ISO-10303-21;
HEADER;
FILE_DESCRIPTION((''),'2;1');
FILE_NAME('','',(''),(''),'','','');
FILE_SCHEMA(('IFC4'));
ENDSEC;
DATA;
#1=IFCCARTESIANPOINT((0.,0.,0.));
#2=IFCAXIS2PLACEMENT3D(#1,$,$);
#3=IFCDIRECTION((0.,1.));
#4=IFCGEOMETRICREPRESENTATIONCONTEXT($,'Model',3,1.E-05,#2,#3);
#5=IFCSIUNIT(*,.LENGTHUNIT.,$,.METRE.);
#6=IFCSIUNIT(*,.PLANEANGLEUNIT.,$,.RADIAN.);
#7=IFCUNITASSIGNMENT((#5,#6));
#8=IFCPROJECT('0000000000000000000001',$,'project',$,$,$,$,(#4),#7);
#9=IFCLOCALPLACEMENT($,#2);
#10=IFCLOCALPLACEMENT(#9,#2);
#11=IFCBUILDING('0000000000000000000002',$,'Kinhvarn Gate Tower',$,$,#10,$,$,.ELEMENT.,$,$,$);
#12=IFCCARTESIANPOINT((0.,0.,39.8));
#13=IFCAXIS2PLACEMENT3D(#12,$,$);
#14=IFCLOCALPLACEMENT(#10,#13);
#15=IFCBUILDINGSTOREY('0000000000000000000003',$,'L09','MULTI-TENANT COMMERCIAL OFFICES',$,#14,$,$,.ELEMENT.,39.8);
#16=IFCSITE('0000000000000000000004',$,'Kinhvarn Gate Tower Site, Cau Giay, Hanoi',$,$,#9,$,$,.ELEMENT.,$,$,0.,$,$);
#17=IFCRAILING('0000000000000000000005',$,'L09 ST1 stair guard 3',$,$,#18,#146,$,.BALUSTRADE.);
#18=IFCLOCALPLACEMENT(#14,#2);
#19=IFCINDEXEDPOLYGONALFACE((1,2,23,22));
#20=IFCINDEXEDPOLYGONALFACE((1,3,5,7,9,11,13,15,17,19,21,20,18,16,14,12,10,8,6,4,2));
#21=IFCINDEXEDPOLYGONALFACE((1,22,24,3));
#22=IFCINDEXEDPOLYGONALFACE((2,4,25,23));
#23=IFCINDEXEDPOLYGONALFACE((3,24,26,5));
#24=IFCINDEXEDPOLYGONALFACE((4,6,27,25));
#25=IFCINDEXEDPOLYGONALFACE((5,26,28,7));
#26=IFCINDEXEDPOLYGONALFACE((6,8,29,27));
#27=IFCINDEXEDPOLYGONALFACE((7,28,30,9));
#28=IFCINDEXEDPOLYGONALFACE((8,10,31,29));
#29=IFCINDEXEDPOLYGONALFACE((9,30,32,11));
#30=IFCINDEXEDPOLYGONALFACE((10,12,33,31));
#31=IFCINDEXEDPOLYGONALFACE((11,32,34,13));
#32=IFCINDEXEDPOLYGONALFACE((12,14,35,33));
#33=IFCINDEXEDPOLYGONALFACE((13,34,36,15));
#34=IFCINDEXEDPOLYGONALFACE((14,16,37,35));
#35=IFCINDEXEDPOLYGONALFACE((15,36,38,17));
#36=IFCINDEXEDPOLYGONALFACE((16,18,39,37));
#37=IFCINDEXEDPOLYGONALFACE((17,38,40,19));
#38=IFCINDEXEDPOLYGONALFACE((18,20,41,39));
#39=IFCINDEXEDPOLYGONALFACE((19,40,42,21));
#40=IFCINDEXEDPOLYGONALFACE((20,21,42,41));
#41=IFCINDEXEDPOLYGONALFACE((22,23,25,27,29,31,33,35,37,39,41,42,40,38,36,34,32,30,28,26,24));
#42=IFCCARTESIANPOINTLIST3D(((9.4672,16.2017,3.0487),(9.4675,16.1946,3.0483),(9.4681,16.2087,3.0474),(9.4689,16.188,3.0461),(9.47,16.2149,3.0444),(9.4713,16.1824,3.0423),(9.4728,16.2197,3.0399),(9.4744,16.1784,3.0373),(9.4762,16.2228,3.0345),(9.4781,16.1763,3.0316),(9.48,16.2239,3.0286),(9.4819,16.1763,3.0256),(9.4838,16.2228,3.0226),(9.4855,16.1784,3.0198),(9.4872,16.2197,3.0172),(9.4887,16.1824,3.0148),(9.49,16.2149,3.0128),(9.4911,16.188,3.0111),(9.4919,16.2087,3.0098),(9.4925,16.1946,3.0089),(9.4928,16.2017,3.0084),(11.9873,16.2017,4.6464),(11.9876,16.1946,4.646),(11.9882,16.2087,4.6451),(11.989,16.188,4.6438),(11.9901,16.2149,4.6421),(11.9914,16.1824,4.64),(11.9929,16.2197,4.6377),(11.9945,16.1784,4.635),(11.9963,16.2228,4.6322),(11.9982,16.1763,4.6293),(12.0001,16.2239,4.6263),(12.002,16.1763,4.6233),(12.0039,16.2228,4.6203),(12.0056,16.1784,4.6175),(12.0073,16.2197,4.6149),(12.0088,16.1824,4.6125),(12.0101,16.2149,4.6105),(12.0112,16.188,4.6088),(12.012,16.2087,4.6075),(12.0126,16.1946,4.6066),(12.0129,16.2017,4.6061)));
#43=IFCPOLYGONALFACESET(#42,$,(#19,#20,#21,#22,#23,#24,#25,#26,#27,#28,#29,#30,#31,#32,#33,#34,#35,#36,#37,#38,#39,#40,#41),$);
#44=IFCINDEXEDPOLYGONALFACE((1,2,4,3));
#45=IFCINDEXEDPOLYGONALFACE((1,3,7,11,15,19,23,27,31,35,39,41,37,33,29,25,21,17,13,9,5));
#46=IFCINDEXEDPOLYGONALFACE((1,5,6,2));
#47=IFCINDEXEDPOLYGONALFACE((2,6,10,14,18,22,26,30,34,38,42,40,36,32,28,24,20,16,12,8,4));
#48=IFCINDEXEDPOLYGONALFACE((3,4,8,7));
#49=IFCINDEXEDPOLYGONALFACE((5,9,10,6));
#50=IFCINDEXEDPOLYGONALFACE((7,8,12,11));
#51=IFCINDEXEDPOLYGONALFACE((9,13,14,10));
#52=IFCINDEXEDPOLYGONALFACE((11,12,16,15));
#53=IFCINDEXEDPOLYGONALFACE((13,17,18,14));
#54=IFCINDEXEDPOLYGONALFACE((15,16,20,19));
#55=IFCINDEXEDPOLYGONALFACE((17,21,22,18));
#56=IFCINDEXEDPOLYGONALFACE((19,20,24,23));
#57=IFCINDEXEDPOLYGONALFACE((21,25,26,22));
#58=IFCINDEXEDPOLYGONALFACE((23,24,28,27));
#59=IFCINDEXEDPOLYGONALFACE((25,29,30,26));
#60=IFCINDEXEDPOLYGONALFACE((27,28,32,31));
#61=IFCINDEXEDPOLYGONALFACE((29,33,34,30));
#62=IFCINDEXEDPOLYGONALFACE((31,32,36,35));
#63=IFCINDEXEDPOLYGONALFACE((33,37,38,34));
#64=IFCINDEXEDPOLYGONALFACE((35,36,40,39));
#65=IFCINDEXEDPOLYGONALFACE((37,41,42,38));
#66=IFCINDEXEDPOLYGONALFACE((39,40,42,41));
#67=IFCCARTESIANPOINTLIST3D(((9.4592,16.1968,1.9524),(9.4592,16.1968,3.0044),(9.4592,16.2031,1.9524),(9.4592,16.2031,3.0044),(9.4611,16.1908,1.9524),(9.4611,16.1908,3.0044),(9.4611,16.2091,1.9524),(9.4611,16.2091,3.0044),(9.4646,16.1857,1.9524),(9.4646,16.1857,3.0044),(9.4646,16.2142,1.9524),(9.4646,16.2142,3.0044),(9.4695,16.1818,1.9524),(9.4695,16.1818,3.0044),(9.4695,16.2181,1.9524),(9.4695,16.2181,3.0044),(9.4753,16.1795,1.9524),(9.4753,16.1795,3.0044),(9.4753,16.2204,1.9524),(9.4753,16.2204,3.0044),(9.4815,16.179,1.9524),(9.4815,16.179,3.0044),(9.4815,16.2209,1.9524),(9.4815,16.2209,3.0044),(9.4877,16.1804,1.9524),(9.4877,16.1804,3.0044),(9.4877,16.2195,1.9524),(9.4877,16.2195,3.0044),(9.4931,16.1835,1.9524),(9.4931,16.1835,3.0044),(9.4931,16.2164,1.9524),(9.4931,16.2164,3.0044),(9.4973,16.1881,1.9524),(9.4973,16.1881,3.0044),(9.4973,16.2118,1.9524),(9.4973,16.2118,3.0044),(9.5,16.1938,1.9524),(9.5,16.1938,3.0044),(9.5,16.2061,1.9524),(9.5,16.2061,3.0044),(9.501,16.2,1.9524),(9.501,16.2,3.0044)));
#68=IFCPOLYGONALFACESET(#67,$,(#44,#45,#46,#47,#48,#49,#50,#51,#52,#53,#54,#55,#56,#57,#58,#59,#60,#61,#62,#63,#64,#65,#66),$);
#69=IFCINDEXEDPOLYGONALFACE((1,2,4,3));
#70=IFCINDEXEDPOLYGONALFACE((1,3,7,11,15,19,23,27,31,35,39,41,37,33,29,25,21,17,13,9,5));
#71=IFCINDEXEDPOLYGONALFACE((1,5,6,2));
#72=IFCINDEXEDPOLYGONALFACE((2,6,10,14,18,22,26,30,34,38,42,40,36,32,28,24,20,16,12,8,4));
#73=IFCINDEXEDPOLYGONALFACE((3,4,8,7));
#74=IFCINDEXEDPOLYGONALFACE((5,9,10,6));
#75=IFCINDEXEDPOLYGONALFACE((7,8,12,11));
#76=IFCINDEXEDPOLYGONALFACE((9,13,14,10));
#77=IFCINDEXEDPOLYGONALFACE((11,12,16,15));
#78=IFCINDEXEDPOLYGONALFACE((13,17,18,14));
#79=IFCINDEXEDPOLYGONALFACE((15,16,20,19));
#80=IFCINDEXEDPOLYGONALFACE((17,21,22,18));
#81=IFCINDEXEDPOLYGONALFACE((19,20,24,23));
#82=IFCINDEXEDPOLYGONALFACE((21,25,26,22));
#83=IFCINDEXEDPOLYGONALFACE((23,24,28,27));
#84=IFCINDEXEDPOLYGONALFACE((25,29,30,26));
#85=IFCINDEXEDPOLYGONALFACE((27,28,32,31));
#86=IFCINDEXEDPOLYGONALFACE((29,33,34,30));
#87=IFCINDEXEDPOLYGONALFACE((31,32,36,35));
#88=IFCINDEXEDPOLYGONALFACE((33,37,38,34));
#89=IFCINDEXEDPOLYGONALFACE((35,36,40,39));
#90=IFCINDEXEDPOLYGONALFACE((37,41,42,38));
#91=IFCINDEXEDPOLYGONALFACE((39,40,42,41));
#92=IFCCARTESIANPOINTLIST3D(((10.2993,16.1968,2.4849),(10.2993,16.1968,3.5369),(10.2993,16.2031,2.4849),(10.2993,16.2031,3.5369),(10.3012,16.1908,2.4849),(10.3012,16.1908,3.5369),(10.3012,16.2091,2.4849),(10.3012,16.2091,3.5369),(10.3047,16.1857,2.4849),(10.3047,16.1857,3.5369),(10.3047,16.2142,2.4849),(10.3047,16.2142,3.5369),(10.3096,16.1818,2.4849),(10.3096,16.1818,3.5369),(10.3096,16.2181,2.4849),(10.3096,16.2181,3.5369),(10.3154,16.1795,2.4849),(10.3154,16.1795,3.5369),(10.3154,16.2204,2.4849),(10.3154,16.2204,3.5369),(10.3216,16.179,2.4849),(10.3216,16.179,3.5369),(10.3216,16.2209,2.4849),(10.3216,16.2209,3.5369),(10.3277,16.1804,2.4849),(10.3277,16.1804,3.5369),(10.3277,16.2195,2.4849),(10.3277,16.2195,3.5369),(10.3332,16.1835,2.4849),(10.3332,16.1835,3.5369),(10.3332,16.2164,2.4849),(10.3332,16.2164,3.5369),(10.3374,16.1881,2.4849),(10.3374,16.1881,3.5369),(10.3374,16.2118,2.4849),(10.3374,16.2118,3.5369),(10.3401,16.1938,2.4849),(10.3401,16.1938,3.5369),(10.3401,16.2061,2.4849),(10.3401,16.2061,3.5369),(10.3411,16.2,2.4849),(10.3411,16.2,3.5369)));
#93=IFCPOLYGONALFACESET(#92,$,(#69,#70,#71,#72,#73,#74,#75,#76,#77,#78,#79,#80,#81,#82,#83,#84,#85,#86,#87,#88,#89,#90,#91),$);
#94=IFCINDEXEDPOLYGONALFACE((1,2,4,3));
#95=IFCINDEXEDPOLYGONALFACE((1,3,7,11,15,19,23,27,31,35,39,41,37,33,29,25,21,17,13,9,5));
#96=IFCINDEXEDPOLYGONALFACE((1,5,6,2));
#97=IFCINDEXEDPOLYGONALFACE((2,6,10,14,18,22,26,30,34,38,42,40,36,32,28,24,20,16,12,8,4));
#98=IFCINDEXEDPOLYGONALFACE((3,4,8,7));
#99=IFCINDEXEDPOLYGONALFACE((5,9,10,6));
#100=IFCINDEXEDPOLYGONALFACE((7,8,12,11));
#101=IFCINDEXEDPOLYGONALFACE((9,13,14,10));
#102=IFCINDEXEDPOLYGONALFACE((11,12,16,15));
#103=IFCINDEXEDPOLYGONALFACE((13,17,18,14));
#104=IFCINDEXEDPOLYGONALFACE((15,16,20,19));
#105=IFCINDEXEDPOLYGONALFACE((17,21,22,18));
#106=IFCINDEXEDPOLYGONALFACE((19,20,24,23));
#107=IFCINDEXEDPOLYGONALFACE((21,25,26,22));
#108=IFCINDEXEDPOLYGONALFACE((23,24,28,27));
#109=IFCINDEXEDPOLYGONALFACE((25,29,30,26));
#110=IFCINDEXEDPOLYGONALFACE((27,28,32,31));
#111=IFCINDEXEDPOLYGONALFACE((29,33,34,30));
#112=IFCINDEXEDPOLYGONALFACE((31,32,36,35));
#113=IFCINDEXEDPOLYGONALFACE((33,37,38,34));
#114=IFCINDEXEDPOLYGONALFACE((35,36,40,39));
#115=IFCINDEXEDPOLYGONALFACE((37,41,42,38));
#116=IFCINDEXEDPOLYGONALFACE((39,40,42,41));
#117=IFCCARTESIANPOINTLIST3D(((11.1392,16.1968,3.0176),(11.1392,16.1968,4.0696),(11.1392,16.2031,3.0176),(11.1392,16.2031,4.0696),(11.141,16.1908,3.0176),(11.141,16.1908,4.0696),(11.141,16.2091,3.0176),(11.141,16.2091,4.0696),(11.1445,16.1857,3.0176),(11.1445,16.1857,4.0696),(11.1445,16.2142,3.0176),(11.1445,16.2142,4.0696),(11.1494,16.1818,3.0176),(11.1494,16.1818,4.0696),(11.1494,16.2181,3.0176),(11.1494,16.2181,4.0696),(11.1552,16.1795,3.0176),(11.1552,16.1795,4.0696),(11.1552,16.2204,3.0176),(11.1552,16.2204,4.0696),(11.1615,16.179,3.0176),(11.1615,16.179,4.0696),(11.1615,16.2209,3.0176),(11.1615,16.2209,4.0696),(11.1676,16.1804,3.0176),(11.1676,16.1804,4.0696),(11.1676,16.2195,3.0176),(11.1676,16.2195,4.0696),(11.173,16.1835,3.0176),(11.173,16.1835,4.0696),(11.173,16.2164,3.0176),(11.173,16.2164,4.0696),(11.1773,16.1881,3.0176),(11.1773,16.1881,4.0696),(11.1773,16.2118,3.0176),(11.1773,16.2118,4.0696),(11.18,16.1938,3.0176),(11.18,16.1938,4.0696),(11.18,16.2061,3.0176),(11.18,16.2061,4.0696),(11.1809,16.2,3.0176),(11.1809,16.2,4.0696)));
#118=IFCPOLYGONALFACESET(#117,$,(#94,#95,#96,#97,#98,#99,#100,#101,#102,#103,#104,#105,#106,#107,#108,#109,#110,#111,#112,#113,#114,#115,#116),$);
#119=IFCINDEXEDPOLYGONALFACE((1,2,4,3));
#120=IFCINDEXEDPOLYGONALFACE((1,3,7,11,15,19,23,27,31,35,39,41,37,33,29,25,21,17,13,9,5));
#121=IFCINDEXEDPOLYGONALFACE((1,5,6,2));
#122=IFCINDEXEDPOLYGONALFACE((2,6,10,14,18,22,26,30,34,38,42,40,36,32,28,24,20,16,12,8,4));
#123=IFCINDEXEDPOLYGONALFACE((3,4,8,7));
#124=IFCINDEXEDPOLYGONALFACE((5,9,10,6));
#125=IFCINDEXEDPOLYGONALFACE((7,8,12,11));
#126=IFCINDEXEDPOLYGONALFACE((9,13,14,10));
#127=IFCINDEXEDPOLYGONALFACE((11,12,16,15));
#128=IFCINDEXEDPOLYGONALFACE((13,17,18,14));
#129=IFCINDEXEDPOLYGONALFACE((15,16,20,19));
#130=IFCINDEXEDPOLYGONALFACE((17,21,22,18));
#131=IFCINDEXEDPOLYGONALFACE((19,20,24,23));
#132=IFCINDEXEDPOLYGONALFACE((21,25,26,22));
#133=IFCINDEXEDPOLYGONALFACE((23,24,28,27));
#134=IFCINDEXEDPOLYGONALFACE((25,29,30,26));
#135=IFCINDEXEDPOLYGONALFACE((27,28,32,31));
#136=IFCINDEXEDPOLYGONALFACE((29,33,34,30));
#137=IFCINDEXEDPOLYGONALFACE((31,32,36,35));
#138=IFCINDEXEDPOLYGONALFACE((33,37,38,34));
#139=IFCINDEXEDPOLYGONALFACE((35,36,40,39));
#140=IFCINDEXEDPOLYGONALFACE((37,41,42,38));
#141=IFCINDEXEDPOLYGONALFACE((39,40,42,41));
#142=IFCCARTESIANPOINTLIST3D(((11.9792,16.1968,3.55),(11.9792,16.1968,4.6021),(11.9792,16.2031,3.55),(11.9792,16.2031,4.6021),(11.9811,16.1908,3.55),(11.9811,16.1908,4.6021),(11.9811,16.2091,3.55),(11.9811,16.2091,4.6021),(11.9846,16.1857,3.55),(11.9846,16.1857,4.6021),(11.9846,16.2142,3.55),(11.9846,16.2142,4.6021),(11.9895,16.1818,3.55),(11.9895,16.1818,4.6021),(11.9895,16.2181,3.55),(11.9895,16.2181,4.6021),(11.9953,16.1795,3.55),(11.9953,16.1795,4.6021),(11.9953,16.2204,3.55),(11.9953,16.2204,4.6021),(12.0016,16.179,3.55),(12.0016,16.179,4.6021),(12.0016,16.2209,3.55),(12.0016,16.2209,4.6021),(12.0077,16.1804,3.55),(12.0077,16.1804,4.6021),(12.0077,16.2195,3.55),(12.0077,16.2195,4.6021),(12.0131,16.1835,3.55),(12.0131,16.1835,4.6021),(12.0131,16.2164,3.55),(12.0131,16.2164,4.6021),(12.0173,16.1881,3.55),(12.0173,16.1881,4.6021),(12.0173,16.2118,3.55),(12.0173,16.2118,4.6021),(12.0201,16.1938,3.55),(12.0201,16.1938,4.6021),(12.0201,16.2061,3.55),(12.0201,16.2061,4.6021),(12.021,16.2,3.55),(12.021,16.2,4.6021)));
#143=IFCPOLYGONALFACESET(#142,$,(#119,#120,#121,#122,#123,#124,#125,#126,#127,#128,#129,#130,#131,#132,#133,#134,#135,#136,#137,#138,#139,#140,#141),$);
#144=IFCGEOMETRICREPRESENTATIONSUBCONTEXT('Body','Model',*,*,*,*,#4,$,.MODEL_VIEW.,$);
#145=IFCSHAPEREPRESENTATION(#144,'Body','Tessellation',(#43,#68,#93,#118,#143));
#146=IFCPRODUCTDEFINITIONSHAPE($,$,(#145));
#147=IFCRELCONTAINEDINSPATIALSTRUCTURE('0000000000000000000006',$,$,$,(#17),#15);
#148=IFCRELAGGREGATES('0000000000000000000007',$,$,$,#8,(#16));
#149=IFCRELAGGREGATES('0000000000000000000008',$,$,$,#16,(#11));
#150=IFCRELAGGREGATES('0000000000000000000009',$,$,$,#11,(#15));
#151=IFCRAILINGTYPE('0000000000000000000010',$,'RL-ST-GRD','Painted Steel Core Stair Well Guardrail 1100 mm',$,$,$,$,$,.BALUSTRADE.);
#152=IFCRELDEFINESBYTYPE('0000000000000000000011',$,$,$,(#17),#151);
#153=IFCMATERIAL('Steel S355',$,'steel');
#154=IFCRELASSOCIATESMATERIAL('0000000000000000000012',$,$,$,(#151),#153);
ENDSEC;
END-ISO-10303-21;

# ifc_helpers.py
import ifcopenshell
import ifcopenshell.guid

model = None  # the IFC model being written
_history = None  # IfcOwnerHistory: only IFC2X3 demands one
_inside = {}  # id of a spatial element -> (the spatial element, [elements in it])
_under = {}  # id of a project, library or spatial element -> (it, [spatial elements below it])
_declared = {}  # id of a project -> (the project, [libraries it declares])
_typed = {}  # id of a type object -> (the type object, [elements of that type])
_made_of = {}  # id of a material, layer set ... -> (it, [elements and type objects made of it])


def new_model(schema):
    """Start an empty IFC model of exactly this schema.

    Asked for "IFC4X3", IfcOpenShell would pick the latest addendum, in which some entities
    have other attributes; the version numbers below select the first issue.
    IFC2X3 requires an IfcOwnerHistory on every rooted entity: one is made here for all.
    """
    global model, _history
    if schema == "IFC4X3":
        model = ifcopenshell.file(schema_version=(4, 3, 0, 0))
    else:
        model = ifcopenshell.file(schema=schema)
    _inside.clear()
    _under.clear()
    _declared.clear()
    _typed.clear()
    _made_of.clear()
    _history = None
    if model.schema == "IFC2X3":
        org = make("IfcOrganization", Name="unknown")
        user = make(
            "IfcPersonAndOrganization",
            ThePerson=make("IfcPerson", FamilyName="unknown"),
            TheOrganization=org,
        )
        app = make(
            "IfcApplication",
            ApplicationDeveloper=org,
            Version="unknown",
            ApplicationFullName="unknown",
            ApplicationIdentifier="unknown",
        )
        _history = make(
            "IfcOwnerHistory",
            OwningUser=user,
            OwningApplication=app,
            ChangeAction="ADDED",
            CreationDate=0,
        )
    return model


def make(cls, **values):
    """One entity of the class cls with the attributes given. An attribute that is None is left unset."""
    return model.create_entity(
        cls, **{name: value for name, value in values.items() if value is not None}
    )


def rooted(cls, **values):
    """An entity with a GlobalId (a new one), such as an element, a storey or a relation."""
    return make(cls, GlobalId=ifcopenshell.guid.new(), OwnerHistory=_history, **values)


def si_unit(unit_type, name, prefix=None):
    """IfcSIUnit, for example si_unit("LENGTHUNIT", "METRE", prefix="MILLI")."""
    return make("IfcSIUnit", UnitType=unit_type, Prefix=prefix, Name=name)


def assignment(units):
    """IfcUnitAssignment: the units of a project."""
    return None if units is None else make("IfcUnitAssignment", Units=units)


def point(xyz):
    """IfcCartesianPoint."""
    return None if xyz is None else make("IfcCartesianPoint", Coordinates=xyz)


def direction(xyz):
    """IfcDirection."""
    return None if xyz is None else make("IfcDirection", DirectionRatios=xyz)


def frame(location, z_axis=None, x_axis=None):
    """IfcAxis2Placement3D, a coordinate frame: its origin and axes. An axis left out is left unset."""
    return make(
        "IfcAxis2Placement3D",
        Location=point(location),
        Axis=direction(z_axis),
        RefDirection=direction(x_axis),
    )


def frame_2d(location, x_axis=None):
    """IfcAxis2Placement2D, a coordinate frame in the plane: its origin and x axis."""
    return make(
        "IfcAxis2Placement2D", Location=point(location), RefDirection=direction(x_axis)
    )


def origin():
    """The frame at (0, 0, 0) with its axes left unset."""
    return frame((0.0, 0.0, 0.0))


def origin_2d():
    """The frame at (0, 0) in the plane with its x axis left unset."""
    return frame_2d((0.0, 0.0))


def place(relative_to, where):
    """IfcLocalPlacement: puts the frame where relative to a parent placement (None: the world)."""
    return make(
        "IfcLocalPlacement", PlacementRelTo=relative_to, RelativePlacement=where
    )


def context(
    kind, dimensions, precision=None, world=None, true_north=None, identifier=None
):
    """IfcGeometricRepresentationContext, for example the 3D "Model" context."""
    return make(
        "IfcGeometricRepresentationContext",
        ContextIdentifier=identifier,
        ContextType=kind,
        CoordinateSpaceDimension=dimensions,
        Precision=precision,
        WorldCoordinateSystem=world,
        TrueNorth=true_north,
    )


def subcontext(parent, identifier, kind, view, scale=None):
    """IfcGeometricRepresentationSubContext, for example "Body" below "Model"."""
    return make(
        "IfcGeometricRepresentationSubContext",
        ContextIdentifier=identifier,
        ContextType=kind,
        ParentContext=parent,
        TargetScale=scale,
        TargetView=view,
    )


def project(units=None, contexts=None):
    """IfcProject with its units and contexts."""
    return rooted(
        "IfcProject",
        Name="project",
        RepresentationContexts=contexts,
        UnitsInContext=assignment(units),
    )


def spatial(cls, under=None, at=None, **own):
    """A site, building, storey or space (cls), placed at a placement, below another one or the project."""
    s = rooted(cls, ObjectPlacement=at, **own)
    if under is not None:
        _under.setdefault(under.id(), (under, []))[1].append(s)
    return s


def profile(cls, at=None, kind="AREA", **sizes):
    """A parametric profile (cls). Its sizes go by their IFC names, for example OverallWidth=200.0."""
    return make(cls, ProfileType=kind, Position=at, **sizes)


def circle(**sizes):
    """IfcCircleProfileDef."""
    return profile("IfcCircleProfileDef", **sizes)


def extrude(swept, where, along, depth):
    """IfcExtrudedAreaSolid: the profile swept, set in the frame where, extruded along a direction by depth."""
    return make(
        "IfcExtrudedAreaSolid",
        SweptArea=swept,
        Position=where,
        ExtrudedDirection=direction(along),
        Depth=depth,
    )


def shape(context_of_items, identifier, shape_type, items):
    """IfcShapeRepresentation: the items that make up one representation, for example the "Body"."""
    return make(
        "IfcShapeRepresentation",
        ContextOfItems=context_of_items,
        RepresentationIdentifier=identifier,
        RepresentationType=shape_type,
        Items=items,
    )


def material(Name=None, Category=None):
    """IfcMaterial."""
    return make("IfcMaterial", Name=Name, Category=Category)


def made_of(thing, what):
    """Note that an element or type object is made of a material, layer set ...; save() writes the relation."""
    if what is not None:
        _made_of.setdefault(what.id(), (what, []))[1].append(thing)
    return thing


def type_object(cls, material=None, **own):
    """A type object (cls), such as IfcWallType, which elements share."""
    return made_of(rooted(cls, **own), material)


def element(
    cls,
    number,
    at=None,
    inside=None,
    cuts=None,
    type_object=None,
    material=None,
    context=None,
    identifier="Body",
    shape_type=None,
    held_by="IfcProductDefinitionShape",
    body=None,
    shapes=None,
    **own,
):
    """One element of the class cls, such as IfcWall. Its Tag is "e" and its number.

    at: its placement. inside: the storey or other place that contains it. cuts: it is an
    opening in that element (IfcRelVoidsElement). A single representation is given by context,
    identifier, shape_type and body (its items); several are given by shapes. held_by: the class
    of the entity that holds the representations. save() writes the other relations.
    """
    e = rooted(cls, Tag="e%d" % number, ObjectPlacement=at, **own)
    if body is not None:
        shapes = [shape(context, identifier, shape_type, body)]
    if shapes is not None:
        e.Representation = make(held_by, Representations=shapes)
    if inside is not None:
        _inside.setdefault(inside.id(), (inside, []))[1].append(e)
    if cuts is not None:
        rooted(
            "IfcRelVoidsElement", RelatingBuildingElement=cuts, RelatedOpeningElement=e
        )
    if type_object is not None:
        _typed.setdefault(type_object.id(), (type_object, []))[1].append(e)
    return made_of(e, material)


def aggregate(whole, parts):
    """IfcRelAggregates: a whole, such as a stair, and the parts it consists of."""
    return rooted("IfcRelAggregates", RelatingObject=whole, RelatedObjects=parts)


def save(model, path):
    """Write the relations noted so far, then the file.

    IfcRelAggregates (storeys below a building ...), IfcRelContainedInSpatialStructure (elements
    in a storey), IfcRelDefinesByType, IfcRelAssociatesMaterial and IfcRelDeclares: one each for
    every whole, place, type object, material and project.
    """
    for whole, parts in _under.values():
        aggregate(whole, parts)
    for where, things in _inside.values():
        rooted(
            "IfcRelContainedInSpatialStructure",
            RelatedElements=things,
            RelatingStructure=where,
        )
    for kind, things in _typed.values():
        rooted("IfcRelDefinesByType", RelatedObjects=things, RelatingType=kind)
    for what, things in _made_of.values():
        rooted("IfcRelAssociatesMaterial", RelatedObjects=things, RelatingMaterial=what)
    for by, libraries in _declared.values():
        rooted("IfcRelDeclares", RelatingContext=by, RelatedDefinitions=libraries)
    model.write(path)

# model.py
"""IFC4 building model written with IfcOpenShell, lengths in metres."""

from ifc_helpers import new_model, si_unit, direction, frame, origin, origin_2d, place, context, subcontext, project, spatial, circle, extrude, material, type_object, element, save


model = new_model("IFC4")

# Units and contexts
model_context = context("Model", 3, precision=1e-05, world=origin(), true_north=direction((0.0, 1.0)))
body_context = subcontext(model_context, "Body", "Model", "MODEL_VIEW")
ifc_project = project(units=[si_unit("LENGTHUNIT", "METRE"), si_unit("PLANEANGLEUNIT", "RADIAN")], contexts=[model_context])

# Site, building, storey
site_placement = place(None, origin())
site = spatial("IfcSite", under=ifc_project, at=site_placement, Name="Kinhvarn Gate Tower Site, Cau Giay, Hanoi", CompositionType="ELEMENT", RefElevation=0.0)
building_placement = place(site_placement, origin())
building = spatial("IfcBuilding", under=site, at=building_placement, Name="Kinhvarn Gate Tower", CompositionType="ELEMENT")
storey_placement = place(building_placement, frame((0.0, 0.0, 39.8)))
storey = spatial("IfcBuildingStorey", under=building, at=storey_placement, Name="L09", Description="MULTI-TENANT COMMERCIAL OFFICES", CompositionType="ELEMENT", Elevation=39.8)

# Shared definitions
ifc_material_1 = material(Name="Steel S355", Category="steel")

# Railing
railing_type_1 = type_object("IfcRailingType", Name="RL-ST-GRD", Description="Painted Steel Core Stair Well Guardrail 1100 mm", PredefinedType="BALUSTRADE", material=ifc_material_1)
railing_1_placement = place(storey_placement, frame((9.48, 16.2, 1.9524)))
element("IfcRailing", 1, at=railing_1_placement, inside=storey, type_object=railing_type_1, Name="L09 ST1 stair guard 3", PredefinedType="BALUSTRADE", context=body_context, shape_type="SweptSolid", body=[
    extrude(circle(Radius=0.0239, at=origin_2d()), frame((0.0, 0.0, 1.0762), z_axis=(0.84457, 0.0, 0.535445), x_axis=(0.0, 1.0, 0.0)), (0.0, 0.0, 1.0), 2.9839),
    extrude(circle(Radius=0.021, at=origin_2d()), origin(), (0.0, 0.0, 1.0), 1.052),
    extrude(circle(Radius=0.021, at=origin_2d()), frame((0.8401, 0.0, 0.5325)), (0.0, 0.0, 1.0), 1.052),
    extrude(circle(Radius=0.021, at=origin_2d()), frame((1.6799, 0.0, 1.0652)), (0.0, 0.0, 1.0), 1.052),
    extrude(circle(Radius=0.021, at=origin_2d()), frame((2.52, 0.0, 1.5977)), (0.0, 0.0, 1.0), 1.052),
])

save(model, "model.ifc")
